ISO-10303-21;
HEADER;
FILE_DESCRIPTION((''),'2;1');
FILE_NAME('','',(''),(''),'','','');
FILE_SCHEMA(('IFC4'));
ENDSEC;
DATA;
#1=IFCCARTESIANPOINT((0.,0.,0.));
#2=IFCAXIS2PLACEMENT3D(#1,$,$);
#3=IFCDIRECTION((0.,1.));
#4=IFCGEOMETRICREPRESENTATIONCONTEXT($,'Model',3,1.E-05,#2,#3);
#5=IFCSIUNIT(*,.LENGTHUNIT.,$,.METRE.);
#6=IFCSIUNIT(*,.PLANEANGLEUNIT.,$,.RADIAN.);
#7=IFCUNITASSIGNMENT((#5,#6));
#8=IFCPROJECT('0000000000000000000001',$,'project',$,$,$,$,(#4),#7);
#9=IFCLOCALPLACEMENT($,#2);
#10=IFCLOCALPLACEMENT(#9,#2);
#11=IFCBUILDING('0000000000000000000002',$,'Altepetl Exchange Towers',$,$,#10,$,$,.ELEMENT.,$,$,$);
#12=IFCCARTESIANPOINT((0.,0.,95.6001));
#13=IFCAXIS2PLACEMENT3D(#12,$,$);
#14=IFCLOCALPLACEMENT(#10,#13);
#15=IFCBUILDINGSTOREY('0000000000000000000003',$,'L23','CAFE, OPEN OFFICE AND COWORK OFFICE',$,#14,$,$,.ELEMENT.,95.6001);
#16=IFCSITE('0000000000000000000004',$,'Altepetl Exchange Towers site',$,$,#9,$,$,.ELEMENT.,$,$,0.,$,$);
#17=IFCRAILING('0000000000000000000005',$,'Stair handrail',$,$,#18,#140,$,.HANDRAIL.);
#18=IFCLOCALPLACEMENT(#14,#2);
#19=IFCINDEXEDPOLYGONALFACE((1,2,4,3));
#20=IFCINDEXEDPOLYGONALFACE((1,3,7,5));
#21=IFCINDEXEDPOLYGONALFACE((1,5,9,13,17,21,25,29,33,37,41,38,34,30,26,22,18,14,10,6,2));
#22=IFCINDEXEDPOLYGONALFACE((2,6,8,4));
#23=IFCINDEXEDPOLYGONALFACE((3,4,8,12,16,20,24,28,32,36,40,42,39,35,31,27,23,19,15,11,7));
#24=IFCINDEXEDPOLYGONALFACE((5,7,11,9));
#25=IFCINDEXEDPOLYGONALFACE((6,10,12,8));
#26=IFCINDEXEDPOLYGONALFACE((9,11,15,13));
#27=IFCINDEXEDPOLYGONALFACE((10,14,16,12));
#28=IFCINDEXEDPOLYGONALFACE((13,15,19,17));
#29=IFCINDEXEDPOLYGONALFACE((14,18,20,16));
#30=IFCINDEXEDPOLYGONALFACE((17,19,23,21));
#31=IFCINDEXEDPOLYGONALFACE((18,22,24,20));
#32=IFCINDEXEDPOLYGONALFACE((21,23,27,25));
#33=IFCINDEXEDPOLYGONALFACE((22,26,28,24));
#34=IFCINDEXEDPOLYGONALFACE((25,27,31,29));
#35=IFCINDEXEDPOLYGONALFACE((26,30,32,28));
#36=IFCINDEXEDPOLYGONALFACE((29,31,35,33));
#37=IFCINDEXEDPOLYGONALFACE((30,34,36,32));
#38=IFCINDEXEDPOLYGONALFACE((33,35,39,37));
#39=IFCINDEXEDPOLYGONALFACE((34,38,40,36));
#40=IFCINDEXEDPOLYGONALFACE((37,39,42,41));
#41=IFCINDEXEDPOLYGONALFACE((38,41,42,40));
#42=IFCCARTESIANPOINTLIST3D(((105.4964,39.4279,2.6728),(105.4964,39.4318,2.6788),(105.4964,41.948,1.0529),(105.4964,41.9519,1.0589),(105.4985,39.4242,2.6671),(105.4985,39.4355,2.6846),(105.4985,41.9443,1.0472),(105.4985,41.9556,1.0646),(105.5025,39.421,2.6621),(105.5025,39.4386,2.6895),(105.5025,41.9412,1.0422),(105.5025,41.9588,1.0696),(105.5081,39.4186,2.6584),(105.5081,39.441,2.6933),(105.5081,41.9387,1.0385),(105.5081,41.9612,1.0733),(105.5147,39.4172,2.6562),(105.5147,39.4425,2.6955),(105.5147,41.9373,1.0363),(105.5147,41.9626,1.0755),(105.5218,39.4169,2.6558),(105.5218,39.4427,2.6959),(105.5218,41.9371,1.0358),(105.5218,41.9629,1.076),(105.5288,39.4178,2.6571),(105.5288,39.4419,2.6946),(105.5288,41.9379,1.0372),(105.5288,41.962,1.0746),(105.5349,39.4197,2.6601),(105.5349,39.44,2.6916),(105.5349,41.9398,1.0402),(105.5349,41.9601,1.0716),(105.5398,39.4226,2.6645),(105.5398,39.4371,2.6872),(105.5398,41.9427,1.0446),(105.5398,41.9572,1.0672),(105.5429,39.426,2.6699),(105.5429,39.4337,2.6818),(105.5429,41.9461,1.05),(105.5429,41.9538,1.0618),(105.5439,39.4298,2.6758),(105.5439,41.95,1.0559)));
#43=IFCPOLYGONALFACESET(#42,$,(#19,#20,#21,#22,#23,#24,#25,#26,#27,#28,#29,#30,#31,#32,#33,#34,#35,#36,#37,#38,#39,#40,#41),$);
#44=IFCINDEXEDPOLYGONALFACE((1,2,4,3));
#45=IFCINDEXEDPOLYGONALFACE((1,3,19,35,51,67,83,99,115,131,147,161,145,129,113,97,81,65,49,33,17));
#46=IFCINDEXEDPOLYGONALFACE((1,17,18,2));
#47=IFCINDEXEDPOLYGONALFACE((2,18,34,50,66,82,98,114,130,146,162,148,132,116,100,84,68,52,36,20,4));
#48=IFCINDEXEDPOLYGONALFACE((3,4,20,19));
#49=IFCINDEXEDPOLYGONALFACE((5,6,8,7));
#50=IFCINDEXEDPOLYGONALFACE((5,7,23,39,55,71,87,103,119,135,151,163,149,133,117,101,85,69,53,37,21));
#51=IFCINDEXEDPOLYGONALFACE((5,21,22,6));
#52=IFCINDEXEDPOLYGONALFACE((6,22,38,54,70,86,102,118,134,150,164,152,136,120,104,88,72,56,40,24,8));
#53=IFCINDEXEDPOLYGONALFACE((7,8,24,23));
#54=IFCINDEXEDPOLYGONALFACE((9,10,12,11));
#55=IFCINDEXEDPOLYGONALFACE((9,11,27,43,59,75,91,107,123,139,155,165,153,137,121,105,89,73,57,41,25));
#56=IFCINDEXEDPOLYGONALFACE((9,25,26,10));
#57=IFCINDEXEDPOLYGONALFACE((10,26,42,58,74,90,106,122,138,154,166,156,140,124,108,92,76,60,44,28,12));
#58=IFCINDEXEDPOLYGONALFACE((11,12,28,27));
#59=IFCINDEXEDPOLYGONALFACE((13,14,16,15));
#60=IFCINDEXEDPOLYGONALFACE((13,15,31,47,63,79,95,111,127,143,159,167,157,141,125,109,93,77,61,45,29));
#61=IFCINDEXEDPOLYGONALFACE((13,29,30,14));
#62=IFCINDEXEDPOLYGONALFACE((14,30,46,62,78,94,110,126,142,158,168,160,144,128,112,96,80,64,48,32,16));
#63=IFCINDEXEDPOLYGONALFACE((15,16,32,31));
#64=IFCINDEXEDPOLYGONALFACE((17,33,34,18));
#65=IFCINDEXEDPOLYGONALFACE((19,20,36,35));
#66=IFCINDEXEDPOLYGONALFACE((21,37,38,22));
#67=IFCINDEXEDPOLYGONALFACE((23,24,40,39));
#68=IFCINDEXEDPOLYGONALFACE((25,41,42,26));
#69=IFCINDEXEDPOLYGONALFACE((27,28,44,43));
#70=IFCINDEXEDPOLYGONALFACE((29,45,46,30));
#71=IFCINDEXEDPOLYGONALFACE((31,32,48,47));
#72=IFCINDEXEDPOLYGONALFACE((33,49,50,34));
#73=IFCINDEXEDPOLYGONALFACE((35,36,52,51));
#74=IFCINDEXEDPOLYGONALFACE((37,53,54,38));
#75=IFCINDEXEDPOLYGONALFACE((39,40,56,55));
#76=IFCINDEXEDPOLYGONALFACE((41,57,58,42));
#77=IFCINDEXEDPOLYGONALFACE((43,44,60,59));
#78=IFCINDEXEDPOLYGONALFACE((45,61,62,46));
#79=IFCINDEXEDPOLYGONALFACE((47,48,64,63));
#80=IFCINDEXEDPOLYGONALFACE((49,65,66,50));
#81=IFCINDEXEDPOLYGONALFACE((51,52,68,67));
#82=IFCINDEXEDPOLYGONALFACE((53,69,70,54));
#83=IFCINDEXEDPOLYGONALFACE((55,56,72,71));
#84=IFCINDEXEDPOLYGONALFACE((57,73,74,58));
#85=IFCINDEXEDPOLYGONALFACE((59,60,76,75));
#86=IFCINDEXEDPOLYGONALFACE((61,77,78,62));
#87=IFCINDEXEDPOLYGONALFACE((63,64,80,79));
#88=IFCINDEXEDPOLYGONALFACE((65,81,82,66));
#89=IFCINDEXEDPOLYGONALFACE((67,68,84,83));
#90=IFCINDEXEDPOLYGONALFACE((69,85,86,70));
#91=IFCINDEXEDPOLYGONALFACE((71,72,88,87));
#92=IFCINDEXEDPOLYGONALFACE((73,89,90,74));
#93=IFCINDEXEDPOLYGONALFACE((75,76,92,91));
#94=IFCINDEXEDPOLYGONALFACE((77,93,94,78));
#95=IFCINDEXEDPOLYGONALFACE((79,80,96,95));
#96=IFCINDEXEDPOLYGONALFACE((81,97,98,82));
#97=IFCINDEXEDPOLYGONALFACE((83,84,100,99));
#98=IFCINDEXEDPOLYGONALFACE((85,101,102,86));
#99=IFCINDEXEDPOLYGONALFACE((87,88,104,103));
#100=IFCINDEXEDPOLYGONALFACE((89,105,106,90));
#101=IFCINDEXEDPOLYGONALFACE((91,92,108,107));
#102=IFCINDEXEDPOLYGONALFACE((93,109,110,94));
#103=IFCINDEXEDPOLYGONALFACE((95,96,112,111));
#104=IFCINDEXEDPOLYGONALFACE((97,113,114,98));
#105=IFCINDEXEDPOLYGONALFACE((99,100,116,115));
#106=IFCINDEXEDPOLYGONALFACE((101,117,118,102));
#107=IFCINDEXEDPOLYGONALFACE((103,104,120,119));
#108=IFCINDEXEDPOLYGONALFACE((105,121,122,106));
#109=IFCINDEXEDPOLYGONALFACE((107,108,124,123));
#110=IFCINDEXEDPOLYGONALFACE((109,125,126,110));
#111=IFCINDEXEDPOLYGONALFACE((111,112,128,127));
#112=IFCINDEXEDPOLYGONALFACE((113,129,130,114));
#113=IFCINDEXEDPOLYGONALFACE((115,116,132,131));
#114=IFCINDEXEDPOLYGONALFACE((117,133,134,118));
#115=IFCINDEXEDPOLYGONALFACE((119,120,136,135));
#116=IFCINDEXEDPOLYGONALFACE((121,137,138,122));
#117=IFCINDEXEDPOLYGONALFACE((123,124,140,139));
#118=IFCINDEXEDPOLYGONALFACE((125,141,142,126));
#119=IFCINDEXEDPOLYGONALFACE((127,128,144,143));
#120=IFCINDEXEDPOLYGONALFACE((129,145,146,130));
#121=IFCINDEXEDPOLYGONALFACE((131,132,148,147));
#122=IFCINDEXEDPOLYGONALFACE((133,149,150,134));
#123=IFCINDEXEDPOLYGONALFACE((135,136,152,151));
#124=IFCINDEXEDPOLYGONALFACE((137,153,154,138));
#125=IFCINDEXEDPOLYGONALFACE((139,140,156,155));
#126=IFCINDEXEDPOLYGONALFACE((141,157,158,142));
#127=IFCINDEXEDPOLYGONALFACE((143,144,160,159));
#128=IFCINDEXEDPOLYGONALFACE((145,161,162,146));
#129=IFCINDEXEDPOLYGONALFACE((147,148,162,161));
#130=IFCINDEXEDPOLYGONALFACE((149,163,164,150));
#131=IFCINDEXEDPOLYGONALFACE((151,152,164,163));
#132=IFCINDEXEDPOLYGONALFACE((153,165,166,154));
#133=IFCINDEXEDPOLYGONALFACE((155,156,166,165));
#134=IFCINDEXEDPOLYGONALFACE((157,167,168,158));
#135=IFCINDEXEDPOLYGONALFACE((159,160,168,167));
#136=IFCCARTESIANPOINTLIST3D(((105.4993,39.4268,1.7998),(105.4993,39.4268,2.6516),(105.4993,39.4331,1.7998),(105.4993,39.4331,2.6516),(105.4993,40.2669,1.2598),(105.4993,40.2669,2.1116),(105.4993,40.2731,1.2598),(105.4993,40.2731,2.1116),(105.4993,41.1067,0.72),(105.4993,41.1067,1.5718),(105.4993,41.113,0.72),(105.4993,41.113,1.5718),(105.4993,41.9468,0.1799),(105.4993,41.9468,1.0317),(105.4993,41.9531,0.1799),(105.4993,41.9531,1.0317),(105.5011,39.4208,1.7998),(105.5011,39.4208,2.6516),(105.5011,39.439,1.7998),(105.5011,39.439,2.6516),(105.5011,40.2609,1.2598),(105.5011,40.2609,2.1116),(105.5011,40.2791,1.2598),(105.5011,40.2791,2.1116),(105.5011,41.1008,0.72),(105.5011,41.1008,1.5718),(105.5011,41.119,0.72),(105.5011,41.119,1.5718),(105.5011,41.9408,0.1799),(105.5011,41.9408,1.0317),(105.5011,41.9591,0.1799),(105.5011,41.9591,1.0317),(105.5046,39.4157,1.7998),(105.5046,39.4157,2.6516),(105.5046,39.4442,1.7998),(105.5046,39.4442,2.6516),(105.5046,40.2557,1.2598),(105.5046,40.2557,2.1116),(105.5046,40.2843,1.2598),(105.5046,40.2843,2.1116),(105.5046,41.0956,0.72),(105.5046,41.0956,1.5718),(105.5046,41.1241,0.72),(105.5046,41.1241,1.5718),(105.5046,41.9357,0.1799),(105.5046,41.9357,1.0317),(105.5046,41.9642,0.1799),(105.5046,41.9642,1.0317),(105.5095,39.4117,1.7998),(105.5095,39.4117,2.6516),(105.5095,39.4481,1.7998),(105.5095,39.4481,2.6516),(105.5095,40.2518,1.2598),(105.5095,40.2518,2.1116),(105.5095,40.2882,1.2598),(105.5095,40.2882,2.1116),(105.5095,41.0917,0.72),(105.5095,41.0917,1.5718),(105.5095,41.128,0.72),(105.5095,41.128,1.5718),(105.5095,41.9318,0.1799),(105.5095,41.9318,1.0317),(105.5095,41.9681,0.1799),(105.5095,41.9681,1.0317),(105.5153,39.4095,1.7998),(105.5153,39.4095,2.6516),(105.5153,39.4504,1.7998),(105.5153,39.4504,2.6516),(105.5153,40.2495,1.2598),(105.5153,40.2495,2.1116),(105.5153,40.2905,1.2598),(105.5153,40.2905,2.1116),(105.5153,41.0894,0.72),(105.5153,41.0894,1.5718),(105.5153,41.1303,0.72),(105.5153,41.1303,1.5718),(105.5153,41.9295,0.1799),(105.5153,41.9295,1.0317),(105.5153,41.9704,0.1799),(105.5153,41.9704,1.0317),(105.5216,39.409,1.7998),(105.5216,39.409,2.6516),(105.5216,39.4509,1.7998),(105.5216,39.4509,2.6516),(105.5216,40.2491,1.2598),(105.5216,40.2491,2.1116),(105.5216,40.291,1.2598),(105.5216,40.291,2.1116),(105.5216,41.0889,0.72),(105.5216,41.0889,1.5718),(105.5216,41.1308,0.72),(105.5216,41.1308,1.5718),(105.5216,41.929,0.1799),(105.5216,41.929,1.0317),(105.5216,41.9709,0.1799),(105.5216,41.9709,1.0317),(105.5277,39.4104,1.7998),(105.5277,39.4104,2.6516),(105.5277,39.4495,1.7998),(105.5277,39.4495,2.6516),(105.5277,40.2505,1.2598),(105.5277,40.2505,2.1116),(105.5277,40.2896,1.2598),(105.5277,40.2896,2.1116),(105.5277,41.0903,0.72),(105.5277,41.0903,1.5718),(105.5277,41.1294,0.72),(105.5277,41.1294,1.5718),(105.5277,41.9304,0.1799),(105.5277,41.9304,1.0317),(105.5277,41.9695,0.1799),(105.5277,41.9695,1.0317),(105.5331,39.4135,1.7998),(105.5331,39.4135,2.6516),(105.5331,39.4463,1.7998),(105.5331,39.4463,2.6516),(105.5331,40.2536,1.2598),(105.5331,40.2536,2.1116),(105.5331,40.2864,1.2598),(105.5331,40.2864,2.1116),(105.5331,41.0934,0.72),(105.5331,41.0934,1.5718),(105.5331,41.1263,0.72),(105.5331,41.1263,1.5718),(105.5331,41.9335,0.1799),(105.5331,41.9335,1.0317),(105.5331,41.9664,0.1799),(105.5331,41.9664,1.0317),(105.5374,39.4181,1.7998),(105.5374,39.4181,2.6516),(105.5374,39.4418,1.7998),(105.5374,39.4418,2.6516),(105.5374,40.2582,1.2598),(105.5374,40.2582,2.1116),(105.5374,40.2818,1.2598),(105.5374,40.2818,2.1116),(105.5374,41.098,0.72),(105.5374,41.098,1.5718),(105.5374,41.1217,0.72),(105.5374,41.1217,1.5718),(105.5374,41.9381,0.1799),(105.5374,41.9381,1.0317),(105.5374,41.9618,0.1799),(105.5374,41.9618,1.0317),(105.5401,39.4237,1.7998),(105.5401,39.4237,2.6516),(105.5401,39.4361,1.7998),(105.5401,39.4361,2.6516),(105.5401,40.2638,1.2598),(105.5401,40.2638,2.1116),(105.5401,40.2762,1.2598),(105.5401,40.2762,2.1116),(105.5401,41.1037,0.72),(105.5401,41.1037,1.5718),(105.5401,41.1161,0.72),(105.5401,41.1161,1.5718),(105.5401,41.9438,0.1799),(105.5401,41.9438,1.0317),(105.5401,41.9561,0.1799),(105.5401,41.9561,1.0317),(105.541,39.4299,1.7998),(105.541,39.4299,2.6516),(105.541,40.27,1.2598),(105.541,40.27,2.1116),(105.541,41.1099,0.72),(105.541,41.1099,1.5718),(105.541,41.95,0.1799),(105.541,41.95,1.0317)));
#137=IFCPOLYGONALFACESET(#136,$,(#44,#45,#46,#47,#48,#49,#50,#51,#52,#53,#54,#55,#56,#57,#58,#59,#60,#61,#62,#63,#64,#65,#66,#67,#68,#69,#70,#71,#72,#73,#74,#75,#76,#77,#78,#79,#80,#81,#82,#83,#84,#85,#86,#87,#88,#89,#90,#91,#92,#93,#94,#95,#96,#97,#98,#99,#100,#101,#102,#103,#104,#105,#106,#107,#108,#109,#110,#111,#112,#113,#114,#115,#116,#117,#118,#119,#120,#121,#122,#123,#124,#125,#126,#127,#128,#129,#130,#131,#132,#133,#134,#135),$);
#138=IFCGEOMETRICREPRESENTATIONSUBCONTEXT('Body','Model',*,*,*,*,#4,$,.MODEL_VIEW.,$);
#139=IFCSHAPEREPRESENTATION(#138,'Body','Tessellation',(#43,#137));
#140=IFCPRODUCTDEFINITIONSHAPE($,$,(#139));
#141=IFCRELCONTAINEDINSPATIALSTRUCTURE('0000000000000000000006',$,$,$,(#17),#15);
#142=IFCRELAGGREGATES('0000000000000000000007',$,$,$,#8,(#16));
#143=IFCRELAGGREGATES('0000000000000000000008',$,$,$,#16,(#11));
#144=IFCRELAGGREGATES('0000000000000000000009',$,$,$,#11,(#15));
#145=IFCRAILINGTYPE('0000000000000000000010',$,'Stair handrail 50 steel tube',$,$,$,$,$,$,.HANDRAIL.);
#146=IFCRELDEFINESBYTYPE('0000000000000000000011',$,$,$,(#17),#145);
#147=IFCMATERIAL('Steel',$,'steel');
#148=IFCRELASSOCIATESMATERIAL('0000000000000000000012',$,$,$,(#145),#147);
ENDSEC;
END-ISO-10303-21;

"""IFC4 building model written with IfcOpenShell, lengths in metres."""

from ifc_helpers import new_model, si_unit, direction, frame, origin, origin_2d, place, context, subcontext, project, spatial, circle, extrude, source, transform, mapped, material, type_object, element, save


model = new_model("IFC4")

# Units and contexts
model_context = context("Model", 3, precision=1e-05, world=origin(), true_north=direction((0.0, 1.0)))
body_context = subcontext(model_context, "Body", "Model", "MODEL_VIEW")
ifc_project = project(units=[si_unit("LENGTHUNIT", "METRE"), si_unit("PLANEANGLEUNIT", "RADIAN")], contexts=[model_context])

# Site, building, storey
site_placement = place(None, origin())
site = spatial("IfcSite", under=ifc_project, at=site_placement, Name="Altepetl Exchange Towers site", CompositionType="ELEMENT", RefElevation=0.0)
building_placement = place(site_placement, origin())
building = spatial("IfcBuilding", under=site, at=building_placement, Name="Altepetl Exchange Towers", CompositionType="ELEMENT")
storey_placement = place(building_placement, frame((0.0, 0.0, 95.6001)))
storey = spatial("IfcBuildingStorey", under=building, at=storey_placement, Name="L23", Description="CAFE, OPEN OFFICE AND COWORK OFFICE", CompositionType="ELEMENT", Elevation=95.6001)

# Railing
ifc_material_1 = material(Name="Steel", Category="steel")
railing_type = type_object("IfcRailingType", Name="Stair handrail 50 steel tube", PredefinedType="HANDRAIL", material=ifc_material_1)
shared_shape = source(origin(), body_context, "Body", "SweptSolid", [
    extrude(circle(Radius=0.021, at=origin_2d()), origin(), (0.0, 0.0, 1.0), 0.8518),
])
railing_1_placement = place(storey_placement, frame((105.52, 41.95, 0.1799)))
element("IfcRailing", 1, at=railing_1_placement, inside=storey, type_object=railing_type, Name="Stair handrail", PredefinedType="HANDRAIL", context=body_context, shape_type="SweptSolid", body=[
    extrude(circle(Radius=0.0239, at=origin_2d()), frame((0.0, 0.0, 0.876), z_axis=(0.0, -0.8412, 0.540725), x_axis=(1.0, 0.0, 0.0)), (0.0, 0.0, 1.0), 2.9958),
    mapped(shared_shape, transform((0.0, 0.0, 0.0))),
    mapped(shared_shape, transform((0.0, -0.8401, 0.54))),
    mapped(shared_shape, transform((0.0, -1.6799, 1.0798))),
    mapped(shared_shape, transform((0.0, -2.52, 1.6199))),
])

save(model, "model.ifc")
